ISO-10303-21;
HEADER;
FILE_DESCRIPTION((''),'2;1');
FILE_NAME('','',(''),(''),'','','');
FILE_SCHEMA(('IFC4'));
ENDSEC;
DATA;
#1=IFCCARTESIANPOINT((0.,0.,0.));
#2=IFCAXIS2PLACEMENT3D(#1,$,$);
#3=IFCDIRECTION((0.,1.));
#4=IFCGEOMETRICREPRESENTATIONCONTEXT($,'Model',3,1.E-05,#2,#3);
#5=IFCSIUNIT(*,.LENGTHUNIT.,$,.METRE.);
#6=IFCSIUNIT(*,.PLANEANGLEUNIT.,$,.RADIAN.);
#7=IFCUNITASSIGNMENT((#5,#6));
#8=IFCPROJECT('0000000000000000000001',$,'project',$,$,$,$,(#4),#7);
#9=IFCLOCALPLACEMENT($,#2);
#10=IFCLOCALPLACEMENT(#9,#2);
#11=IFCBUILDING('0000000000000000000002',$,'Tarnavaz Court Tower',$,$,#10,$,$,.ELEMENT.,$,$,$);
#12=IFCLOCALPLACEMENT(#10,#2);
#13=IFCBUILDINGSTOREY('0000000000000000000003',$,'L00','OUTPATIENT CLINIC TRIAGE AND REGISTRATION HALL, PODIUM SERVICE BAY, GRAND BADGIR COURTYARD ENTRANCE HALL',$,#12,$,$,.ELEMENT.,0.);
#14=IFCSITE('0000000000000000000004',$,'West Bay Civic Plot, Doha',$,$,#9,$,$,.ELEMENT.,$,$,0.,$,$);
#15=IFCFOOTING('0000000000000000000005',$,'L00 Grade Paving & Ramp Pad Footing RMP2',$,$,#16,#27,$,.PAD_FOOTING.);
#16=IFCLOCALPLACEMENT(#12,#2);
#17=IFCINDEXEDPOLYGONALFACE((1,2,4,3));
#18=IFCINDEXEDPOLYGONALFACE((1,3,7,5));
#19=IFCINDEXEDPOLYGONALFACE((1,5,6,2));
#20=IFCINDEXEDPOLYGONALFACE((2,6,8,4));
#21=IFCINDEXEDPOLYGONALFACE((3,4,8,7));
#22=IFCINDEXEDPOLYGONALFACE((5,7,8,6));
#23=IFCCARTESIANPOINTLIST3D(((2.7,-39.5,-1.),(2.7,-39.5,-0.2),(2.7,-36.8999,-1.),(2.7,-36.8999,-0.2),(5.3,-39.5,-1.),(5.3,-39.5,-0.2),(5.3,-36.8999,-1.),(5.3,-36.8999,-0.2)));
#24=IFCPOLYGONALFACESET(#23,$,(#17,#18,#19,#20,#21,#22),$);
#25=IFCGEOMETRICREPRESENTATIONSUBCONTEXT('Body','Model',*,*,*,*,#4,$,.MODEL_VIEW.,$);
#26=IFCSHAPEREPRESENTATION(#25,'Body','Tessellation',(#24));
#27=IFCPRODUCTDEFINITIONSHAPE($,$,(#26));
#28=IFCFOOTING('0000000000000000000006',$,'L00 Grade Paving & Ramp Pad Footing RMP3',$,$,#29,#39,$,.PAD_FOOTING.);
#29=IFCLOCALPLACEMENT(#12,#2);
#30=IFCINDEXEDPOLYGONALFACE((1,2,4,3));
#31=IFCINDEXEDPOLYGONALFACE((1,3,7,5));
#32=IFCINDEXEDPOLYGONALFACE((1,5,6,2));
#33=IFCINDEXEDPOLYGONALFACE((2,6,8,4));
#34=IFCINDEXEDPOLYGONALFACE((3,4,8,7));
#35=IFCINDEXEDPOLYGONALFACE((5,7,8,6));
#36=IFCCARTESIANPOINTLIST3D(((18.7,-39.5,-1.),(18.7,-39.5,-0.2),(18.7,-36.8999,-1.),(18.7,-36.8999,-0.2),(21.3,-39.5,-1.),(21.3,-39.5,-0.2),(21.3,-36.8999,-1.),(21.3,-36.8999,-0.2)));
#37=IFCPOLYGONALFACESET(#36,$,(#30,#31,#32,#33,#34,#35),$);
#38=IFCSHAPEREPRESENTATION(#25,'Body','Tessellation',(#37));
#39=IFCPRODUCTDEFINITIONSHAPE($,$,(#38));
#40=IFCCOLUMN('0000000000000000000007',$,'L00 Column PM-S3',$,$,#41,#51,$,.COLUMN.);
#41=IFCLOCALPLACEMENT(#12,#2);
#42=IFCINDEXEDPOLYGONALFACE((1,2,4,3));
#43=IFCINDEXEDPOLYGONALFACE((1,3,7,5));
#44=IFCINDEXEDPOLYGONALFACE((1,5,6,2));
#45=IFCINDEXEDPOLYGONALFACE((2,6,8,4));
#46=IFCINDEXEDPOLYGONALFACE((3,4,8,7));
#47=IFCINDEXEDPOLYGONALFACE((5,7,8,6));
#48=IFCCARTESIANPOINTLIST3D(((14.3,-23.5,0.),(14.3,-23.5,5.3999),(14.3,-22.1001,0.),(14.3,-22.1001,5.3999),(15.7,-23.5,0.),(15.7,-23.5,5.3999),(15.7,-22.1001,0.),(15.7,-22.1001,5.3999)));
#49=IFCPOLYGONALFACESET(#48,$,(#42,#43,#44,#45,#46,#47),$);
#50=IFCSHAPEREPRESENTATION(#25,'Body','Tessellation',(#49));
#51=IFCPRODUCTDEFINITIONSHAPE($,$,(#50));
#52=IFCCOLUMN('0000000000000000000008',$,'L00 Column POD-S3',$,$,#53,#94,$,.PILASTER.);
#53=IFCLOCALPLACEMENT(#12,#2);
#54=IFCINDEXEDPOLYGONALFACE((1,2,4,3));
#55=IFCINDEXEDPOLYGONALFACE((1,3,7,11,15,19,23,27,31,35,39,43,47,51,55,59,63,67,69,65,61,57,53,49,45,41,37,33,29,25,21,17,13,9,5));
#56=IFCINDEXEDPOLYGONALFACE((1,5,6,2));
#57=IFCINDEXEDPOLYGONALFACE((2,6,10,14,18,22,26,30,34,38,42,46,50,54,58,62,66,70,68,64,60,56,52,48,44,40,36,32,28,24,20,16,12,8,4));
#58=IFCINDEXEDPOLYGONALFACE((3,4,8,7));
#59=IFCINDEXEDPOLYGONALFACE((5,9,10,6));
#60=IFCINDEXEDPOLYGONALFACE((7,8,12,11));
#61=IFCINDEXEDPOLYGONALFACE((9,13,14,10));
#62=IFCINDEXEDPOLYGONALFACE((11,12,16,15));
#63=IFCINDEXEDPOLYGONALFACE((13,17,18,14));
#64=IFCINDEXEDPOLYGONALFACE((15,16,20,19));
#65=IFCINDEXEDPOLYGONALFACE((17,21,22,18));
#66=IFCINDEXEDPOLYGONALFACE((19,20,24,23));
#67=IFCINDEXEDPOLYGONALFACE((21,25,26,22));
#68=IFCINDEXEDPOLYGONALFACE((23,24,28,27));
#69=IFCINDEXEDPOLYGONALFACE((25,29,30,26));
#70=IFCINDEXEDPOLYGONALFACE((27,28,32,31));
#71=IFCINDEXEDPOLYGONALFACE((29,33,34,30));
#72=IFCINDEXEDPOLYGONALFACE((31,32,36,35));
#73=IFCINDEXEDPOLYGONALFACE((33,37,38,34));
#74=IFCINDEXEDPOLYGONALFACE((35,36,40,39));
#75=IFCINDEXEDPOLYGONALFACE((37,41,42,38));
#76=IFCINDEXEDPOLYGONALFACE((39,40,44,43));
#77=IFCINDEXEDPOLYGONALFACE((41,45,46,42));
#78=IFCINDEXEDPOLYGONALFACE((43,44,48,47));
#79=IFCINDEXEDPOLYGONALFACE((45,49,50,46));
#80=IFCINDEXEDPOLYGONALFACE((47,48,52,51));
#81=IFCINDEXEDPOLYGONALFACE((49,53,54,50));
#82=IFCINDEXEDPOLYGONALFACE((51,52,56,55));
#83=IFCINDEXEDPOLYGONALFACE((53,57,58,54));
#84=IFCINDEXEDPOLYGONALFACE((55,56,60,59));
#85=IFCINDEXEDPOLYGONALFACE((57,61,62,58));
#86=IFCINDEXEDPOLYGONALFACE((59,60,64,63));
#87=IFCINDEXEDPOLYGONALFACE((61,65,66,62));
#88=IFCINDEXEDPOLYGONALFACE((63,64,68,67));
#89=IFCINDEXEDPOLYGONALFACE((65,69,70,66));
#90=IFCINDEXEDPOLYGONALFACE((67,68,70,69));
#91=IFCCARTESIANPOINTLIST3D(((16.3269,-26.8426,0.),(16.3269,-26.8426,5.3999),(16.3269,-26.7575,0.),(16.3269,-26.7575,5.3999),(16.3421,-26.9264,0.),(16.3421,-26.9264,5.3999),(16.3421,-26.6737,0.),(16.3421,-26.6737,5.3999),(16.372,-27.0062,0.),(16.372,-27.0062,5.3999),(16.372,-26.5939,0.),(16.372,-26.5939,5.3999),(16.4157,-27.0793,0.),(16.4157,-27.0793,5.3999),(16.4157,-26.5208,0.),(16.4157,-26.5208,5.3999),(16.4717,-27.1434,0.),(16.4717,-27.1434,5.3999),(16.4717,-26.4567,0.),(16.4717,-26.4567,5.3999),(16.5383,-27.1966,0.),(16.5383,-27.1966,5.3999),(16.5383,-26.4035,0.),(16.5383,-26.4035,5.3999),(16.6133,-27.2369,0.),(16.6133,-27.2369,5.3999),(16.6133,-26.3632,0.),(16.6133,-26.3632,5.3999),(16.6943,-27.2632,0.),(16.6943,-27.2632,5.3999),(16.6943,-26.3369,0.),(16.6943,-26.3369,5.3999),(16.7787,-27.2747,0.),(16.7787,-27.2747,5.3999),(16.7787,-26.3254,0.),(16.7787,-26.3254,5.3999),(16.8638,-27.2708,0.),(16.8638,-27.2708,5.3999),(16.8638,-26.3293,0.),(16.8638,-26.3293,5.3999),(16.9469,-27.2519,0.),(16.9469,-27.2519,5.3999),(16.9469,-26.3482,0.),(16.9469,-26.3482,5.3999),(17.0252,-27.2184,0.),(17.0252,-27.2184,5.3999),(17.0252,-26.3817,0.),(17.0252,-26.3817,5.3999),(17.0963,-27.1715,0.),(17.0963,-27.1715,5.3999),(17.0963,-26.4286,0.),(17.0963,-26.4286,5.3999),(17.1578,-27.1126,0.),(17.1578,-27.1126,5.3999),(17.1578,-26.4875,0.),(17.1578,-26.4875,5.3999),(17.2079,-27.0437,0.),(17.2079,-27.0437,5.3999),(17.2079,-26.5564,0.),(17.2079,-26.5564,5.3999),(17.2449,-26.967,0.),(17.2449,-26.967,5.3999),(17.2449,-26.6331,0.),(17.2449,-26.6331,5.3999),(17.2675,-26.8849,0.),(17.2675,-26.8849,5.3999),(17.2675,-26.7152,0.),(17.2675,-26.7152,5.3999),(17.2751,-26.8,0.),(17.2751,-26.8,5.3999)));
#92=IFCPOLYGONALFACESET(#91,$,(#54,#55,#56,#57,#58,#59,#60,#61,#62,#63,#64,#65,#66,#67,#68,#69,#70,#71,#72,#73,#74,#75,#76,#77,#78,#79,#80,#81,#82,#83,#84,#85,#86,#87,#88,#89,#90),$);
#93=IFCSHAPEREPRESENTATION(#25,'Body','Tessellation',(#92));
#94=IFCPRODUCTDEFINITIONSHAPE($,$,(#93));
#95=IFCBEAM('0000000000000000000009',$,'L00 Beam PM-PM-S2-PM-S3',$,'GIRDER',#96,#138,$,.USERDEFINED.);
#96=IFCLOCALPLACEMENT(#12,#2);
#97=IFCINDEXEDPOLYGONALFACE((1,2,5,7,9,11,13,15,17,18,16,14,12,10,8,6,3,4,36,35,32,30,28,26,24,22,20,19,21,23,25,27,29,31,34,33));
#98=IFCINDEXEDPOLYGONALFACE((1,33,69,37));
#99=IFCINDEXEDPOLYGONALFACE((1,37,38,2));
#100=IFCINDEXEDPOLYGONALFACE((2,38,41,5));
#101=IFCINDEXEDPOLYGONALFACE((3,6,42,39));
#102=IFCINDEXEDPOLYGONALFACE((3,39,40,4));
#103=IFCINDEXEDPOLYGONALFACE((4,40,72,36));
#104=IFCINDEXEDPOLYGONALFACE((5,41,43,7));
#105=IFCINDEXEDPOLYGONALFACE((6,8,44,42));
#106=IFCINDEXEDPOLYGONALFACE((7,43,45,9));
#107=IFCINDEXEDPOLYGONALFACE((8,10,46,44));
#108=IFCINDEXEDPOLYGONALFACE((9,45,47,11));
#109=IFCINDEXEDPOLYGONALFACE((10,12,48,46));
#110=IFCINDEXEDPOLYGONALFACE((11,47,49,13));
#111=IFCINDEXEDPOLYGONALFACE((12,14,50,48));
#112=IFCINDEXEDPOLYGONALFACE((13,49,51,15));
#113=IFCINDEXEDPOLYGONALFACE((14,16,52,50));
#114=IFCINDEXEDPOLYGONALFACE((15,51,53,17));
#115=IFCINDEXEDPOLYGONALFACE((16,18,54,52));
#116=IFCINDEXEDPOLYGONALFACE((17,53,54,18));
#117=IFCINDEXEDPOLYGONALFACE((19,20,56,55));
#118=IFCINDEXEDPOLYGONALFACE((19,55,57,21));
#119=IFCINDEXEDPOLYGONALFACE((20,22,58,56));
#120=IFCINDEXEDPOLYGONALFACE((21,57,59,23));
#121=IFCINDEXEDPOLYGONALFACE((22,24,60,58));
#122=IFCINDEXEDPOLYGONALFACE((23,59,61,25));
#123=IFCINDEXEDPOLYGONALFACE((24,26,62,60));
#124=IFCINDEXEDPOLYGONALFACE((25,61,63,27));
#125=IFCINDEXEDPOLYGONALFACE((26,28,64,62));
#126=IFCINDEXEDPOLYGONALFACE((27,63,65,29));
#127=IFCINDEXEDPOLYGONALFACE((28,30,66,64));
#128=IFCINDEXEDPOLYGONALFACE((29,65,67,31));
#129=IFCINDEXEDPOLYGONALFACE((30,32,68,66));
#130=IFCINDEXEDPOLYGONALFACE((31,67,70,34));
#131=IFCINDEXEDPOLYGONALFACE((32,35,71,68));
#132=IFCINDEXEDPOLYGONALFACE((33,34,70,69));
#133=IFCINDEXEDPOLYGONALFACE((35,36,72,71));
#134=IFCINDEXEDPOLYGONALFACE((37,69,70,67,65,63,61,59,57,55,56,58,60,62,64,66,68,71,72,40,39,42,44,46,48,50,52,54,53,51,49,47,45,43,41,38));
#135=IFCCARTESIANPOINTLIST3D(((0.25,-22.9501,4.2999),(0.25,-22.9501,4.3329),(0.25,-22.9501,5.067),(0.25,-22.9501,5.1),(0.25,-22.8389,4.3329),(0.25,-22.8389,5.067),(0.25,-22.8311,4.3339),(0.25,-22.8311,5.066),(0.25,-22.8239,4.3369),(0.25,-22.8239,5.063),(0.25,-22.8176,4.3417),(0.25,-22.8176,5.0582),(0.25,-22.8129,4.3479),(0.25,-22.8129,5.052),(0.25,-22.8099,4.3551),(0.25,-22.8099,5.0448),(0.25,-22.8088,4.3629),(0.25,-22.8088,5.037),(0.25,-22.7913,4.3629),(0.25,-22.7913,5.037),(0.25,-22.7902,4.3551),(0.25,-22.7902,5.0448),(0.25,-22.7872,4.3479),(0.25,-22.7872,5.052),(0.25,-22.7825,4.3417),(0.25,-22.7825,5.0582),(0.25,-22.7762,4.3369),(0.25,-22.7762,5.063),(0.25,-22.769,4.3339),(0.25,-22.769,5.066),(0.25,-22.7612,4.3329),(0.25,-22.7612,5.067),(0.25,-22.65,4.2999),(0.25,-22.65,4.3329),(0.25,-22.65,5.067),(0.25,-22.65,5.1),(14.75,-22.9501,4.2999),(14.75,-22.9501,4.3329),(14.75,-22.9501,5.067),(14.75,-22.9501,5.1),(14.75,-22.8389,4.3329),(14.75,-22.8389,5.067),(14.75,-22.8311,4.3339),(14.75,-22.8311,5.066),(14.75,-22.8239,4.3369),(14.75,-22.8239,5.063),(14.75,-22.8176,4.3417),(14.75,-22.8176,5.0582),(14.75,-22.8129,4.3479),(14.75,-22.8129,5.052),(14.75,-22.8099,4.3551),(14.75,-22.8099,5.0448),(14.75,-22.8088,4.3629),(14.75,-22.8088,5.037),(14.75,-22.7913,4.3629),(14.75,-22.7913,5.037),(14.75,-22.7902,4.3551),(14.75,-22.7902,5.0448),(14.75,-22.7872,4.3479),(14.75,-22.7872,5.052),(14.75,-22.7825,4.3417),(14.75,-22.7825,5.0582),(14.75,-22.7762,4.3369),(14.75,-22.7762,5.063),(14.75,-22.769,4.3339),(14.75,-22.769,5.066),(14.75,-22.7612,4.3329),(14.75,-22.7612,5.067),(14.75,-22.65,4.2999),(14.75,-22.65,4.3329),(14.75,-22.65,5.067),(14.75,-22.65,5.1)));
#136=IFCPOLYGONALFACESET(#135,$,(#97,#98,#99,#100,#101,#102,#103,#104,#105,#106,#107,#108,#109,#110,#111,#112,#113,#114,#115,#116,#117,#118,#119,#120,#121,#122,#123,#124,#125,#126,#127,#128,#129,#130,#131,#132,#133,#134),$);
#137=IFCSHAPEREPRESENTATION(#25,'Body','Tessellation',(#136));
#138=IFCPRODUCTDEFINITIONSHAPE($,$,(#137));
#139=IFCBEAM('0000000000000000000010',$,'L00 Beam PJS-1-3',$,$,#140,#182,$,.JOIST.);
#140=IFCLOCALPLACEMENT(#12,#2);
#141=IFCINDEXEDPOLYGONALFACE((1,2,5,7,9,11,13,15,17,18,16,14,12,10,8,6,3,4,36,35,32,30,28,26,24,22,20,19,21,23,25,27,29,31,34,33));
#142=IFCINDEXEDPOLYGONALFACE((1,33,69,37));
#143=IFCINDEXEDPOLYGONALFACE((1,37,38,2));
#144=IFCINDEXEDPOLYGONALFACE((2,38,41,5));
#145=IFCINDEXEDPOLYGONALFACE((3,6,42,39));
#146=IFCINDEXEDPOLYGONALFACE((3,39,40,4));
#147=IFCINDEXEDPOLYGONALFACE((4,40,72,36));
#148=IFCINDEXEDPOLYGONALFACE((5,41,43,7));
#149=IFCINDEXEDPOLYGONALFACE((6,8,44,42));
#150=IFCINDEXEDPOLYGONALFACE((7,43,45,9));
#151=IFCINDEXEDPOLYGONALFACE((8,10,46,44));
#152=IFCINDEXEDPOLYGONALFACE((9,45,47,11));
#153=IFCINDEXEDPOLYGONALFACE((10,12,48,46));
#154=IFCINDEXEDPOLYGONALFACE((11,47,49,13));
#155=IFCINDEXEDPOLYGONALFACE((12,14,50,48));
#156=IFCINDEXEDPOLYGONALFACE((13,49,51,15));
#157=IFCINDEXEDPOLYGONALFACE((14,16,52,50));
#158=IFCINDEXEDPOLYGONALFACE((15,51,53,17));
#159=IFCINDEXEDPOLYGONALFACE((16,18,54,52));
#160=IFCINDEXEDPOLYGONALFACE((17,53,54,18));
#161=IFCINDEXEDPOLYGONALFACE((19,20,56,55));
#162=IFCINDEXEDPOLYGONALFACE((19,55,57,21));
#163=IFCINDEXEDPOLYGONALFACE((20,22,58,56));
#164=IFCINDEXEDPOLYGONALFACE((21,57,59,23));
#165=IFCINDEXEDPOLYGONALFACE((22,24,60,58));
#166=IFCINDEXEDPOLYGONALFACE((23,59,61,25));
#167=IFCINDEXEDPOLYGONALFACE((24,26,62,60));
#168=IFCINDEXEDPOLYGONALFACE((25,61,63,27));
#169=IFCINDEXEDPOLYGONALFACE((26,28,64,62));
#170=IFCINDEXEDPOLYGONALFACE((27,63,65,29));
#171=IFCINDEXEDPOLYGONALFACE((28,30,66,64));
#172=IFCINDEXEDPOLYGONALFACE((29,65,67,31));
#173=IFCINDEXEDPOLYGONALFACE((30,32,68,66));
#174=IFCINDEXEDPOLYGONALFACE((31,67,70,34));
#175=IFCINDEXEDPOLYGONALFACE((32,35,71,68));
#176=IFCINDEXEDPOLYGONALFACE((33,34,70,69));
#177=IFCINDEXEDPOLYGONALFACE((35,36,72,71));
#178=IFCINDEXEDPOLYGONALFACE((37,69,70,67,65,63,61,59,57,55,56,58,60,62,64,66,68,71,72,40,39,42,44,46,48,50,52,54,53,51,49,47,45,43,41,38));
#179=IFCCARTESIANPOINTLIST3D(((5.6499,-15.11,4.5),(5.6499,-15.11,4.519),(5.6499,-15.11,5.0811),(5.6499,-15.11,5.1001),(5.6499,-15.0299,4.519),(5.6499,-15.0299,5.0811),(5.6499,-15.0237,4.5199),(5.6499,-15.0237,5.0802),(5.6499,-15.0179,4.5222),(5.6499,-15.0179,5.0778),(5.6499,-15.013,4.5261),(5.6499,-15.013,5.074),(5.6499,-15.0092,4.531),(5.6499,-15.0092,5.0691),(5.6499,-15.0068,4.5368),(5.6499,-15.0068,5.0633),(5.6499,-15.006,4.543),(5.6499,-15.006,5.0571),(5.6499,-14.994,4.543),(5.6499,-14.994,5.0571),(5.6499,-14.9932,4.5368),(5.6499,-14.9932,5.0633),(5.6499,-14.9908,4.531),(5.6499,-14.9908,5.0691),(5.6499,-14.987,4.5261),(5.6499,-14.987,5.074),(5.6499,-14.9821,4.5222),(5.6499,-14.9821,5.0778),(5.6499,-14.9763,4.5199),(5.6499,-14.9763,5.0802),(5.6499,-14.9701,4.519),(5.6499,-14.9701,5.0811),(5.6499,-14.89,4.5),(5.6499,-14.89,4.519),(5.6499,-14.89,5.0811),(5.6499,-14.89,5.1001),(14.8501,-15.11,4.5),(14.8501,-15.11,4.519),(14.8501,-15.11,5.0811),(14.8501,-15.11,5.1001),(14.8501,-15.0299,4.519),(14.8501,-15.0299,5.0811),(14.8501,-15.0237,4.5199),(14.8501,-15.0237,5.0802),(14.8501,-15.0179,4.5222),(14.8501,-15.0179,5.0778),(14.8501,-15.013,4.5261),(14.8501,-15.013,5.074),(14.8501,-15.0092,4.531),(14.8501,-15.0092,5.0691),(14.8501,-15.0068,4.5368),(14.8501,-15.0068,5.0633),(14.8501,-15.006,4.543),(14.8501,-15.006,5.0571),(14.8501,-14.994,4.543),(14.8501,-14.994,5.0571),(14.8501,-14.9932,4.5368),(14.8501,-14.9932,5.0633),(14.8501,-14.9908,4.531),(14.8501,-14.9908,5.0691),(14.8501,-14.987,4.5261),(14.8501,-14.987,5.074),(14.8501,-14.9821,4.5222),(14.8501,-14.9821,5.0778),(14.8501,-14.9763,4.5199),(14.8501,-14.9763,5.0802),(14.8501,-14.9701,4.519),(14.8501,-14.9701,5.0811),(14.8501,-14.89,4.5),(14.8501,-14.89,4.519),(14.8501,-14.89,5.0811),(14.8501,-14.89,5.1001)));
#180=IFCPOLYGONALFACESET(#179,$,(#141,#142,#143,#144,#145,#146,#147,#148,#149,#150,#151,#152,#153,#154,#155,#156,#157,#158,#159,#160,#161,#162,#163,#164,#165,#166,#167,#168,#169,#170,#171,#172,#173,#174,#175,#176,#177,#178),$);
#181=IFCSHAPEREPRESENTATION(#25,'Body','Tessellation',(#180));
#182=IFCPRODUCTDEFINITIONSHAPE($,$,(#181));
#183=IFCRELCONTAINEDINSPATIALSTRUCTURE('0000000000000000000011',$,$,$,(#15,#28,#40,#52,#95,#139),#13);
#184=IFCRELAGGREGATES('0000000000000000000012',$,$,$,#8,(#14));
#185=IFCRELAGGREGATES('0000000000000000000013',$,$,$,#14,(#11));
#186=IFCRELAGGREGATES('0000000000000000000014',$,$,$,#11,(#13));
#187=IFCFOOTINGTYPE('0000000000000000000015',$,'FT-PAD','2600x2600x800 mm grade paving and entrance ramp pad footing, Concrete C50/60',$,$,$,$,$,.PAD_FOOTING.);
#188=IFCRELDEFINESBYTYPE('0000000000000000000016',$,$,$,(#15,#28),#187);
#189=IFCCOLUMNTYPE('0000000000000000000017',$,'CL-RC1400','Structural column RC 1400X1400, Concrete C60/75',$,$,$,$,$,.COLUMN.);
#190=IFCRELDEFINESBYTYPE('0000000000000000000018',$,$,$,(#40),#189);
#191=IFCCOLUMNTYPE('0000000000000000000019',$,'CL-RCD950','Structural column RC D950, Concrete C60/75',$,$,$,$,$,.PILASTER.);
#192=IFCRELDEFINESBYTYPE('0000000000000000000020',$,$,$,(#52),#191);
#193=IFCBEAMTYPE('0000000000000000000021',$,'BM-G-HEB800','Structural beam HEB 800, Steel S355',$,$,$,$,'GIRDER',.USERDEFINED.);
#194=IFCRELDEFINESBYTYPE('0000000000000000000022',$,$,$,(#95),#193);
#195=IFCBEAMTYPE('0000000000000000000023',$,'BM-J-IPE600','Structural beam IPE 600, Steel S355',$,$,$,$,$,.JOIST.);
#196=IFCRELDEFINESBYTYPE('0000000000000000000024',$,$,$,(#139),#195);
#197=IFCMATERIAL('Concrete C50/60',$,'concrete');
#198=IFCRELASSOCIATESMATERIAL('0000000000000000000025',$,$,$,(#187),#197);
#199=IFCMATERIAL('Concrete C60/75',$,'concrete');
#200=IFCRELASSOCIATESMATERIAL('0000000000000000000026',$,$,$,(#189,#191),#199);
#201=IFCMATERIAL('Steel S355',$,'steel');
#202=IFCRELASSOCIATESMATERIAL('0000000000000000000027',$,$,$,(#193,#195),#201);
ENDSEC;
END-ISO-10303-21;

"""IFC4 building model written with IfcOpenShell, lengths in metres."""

from ifc_helpers import new_model, si_unit, direction, frame, origin, origin_2d, place, context, subcontext, project, spatial, rectangle, circle, i_section, extrude, material, material_profile, profile_set, type_object, element, save


model = new_model("IFC4")

# Units and contexts
model_context = context("Model", 3, precision=1e-05, world=origin(), true_north=direction((0.0, 1.0)))
body_context = subcontext(model_context, "Body", "Model", "MODEL_VIEW")
ifc_project = project(units=[si_unit("LENGTHUNIT", "METRE"), si_unit("PLANEANGLEUNIT", "RADIAN")], contexts=[model_context])

# Site, building, storey
site_placement = place(None, origin())
site = spatial("IfcSite", under=ifc_project, at=site_placement, Name="West Bay Civic Plot, Doha", CompositionType="ELEMENT", RefElevation=0.0)
building_placement = place(site_placement, origin())
building = spatial("IfcBuilding", under=site, at=building_placement, Name="Tarnavaz Court Tower", CompositionType="ELEMENT")
storey_placement = place(building_placement, origin())
storey = spatial("IfcBuildingStorey", under=building, at=storey_placement, Name="L00", Description="OUTPATIENT CLINIC TRIAGE AND REGISTRATION HALL, PODIUM SERVICE BAY, GRAND BADGIR COURTYARD ENTRANCE HALL", CompositionType="ELEMENT", Elevation=0.0)

# Footings
ifc_material_1 = material(Name="Concrete C50/60", Category="concrete")
footing_type = type_object("IfcFootingType", Name="FT-PAD", Description="2600x2600x800 mm grade paving and entrance ramp pad footing, Concrete C50/60", PredefinedType="PAD_FOOTING", material=ifc_material_1)
for number, where, z_axis, x_axis, name in (
    (1, (4.0, -38.2, -1.0), (0.0, 0.0, 1.0), (1.0, 0.0, 0.0), "L00 Grade Paving & Ramp Pad Footing RMP2"),
    (2, (20.0, -38.2, -1.0), (0.0, 0.0, 1.0), (1.0, 0.0, 0.0), "L00 Grade Paving & Ramp Pad Footing RMP3"),
):
    element("IfcFooting", number, at=place(storey_placement, frame(where, z_axis=z_axis, x_axis=x_axis)), inside=storey, type_object=footing_type, Name=name, PredefinedType="PAD_FOOTING", context=body_context, shape_type="SweptSolid", body=[
        extrude(rectangle(XDim=2.6001, YDim=2.6001, at=origin_2d()), origin(), (0.0, 0.0, 1.0), 0.8),
    ])

# Columns
ifc_material_2 = material(Name="Concrete C60/75", Category="concrete")
ifc_material_profile_1 = material_profile(ifc_material_2, rectangle(XDim=1.3999, YDim=1.3999, at=origin_2d()), Name="RC 1400X1400")
ifc_profile_set_1 = profile_set([ifc_material_profile_1], Name="Concrete C60/75")
column_type_1 = type_object("IfcColumnType", Name="CL-RC1400", Description="Structural column RC 1400X1400, Concrete C60/75", PredefinedType="COLUMN", material=ifc_profile_set_1)
column_1_placement = place(storey_placement, frame((15.0, -22.8, 0.0), z_axis=(0.0, 0.0, 1.0), x_axis=(1.0, 0.0, 0.0)))
element("IfcColumn", 3, at=column_1_placement, inside=storey, type_object=column_type_1, Name="L00 Column PM-S3", PredefinedType="COLUMN", context=body_context, shape_type="SweptSolid", body=[
    extrude(rectangle(XDim=1.3999, YDim=1.3999, at=origin_2d()), origin(), (0.0, 0.0, 1.0), 5.3999),
])
ifc_material_profile_2 = material_profile(ifc_material_2, circle(Radius=0.4751, at=origin_2d()), Name="RC D950")
ifc_profile_set_2 = profile_set([ifc_material_profile_2], Name="Concrete C60/75")
column_type_2 = type_object("IfcColumnType", Name="CL-RCD950", Description="Structural column RC D950, Concrete C60/75", PredefinedType="PILASTER", material=ifc_profile_set_2)
column_2_placement = place(storey_placement, frame((16.8, -26.8, 0.0), z_axis=(0.0, 0.0, 1.0), x_axis=(1.0, 0.0, 0.0)))
element("IfcColumn", 4, at=column_2_placement, inside=storey, type_object=column_type_2, Name="L00 Column POD-S3", PredefinedType="PILASTER", context=body_context, shape_type="SweptSolid", body=[
    extrude(circle(Radius=0.4751, at=origin_2d()), origin(), (0.0, 0.0, 1.0), 5.3999),
])

# Beams
ifc_material_3 = material(Name="Steel S355", Category="steel")
ifc_material_profile_3 = material_profile(ifc_material_3, i_section(OverallWidth=0.3, OverallDepth=0.8, WebThickness=0.0176, FlangeThickness=0.033, FilletRadius=0.03, at=origin_2d()), Name="HEB 800")
ifc_profile_set_3 = profile_set([ifc_material_profile_3], Name="Steel S355")
beam_type_1 = type_object("IfcBeamType", Name="BM-G-HEB800", Description="Structural beam HEB 800, Steel S355", ElementType="GIRDER", PredefinedType="USERDEFINED", material=ifc_profile_set_3)
beam_1_placement = place(storey_placement, frame((0.25, -22.8, 4.7), z_axis=(1.0, 0.0, 0.0), x_axis=(0.0, 1.0, 0.0)))
element("IfcBeam", 5, at=beam_1_placement, inside=storey, type_object=beam_type_1, Name="L00 Beam PM-PM-S2-PM-S3", ObjectType="GIRDER", PredefinedType="USERDEFINED", context=body_context, shape_type="SweptSolid", body=[
    extrude(i_section(OverallWidth=0.3, OverallDepth=0.8, WebThickness=0.0176, FlangeThickness=0.033, FilletRadius=0.03, at=origin_2d()), origin(), (0.0, 0.0, 1.0), 14.5),
])
ifc_material_profile_4 = material_profile(ifc_material_3, i_section(OverallWidth=0.22, OverallDepth=0.6001, WebThickness=0.012, FlangeThickness=0.019, FilletRadius=0.0239, at=origin_2d()), Name="IPE 600")
ifc_profile_set_4 = profile_set([ifc_material_profile_4], Name="Steel S355")
beam_type_2 = type_object("IfcBeamType", Name="BM-J-IPE600", Description="Structural beam IPE 600, Steel S355", PredefinedType="JOIST", material=ifc_profile_set_4)
for number, where, z_axis, x_axis, name in (
    (6, (5.6499, -15.0, 4.8), (1.0, 0.0, 0.0), (0.0, 1.0, 0.0), "L00 Beam PJS-1-3"),
):
    element("IfcBeam", number, at=place(storey_placement, frame(where, z_axis=z_axis, x_axis=x_axis)), inside=storey, type_object=beam_type_2, Name=name, PredefinedType="JOIST", context=body_context, shape_type="SweptSolid", body=[
        extrude(i_section(OverallWidth=0.22, OverallDepth=0.6001, WebThickness=0.012, FlangeThickness=0.019, FilletRadius=0.0239, at=origin_2d()), origin(), (0.0, 0.0, 1.0), 9.2002),
    ])

save(model, "model.ifc")
